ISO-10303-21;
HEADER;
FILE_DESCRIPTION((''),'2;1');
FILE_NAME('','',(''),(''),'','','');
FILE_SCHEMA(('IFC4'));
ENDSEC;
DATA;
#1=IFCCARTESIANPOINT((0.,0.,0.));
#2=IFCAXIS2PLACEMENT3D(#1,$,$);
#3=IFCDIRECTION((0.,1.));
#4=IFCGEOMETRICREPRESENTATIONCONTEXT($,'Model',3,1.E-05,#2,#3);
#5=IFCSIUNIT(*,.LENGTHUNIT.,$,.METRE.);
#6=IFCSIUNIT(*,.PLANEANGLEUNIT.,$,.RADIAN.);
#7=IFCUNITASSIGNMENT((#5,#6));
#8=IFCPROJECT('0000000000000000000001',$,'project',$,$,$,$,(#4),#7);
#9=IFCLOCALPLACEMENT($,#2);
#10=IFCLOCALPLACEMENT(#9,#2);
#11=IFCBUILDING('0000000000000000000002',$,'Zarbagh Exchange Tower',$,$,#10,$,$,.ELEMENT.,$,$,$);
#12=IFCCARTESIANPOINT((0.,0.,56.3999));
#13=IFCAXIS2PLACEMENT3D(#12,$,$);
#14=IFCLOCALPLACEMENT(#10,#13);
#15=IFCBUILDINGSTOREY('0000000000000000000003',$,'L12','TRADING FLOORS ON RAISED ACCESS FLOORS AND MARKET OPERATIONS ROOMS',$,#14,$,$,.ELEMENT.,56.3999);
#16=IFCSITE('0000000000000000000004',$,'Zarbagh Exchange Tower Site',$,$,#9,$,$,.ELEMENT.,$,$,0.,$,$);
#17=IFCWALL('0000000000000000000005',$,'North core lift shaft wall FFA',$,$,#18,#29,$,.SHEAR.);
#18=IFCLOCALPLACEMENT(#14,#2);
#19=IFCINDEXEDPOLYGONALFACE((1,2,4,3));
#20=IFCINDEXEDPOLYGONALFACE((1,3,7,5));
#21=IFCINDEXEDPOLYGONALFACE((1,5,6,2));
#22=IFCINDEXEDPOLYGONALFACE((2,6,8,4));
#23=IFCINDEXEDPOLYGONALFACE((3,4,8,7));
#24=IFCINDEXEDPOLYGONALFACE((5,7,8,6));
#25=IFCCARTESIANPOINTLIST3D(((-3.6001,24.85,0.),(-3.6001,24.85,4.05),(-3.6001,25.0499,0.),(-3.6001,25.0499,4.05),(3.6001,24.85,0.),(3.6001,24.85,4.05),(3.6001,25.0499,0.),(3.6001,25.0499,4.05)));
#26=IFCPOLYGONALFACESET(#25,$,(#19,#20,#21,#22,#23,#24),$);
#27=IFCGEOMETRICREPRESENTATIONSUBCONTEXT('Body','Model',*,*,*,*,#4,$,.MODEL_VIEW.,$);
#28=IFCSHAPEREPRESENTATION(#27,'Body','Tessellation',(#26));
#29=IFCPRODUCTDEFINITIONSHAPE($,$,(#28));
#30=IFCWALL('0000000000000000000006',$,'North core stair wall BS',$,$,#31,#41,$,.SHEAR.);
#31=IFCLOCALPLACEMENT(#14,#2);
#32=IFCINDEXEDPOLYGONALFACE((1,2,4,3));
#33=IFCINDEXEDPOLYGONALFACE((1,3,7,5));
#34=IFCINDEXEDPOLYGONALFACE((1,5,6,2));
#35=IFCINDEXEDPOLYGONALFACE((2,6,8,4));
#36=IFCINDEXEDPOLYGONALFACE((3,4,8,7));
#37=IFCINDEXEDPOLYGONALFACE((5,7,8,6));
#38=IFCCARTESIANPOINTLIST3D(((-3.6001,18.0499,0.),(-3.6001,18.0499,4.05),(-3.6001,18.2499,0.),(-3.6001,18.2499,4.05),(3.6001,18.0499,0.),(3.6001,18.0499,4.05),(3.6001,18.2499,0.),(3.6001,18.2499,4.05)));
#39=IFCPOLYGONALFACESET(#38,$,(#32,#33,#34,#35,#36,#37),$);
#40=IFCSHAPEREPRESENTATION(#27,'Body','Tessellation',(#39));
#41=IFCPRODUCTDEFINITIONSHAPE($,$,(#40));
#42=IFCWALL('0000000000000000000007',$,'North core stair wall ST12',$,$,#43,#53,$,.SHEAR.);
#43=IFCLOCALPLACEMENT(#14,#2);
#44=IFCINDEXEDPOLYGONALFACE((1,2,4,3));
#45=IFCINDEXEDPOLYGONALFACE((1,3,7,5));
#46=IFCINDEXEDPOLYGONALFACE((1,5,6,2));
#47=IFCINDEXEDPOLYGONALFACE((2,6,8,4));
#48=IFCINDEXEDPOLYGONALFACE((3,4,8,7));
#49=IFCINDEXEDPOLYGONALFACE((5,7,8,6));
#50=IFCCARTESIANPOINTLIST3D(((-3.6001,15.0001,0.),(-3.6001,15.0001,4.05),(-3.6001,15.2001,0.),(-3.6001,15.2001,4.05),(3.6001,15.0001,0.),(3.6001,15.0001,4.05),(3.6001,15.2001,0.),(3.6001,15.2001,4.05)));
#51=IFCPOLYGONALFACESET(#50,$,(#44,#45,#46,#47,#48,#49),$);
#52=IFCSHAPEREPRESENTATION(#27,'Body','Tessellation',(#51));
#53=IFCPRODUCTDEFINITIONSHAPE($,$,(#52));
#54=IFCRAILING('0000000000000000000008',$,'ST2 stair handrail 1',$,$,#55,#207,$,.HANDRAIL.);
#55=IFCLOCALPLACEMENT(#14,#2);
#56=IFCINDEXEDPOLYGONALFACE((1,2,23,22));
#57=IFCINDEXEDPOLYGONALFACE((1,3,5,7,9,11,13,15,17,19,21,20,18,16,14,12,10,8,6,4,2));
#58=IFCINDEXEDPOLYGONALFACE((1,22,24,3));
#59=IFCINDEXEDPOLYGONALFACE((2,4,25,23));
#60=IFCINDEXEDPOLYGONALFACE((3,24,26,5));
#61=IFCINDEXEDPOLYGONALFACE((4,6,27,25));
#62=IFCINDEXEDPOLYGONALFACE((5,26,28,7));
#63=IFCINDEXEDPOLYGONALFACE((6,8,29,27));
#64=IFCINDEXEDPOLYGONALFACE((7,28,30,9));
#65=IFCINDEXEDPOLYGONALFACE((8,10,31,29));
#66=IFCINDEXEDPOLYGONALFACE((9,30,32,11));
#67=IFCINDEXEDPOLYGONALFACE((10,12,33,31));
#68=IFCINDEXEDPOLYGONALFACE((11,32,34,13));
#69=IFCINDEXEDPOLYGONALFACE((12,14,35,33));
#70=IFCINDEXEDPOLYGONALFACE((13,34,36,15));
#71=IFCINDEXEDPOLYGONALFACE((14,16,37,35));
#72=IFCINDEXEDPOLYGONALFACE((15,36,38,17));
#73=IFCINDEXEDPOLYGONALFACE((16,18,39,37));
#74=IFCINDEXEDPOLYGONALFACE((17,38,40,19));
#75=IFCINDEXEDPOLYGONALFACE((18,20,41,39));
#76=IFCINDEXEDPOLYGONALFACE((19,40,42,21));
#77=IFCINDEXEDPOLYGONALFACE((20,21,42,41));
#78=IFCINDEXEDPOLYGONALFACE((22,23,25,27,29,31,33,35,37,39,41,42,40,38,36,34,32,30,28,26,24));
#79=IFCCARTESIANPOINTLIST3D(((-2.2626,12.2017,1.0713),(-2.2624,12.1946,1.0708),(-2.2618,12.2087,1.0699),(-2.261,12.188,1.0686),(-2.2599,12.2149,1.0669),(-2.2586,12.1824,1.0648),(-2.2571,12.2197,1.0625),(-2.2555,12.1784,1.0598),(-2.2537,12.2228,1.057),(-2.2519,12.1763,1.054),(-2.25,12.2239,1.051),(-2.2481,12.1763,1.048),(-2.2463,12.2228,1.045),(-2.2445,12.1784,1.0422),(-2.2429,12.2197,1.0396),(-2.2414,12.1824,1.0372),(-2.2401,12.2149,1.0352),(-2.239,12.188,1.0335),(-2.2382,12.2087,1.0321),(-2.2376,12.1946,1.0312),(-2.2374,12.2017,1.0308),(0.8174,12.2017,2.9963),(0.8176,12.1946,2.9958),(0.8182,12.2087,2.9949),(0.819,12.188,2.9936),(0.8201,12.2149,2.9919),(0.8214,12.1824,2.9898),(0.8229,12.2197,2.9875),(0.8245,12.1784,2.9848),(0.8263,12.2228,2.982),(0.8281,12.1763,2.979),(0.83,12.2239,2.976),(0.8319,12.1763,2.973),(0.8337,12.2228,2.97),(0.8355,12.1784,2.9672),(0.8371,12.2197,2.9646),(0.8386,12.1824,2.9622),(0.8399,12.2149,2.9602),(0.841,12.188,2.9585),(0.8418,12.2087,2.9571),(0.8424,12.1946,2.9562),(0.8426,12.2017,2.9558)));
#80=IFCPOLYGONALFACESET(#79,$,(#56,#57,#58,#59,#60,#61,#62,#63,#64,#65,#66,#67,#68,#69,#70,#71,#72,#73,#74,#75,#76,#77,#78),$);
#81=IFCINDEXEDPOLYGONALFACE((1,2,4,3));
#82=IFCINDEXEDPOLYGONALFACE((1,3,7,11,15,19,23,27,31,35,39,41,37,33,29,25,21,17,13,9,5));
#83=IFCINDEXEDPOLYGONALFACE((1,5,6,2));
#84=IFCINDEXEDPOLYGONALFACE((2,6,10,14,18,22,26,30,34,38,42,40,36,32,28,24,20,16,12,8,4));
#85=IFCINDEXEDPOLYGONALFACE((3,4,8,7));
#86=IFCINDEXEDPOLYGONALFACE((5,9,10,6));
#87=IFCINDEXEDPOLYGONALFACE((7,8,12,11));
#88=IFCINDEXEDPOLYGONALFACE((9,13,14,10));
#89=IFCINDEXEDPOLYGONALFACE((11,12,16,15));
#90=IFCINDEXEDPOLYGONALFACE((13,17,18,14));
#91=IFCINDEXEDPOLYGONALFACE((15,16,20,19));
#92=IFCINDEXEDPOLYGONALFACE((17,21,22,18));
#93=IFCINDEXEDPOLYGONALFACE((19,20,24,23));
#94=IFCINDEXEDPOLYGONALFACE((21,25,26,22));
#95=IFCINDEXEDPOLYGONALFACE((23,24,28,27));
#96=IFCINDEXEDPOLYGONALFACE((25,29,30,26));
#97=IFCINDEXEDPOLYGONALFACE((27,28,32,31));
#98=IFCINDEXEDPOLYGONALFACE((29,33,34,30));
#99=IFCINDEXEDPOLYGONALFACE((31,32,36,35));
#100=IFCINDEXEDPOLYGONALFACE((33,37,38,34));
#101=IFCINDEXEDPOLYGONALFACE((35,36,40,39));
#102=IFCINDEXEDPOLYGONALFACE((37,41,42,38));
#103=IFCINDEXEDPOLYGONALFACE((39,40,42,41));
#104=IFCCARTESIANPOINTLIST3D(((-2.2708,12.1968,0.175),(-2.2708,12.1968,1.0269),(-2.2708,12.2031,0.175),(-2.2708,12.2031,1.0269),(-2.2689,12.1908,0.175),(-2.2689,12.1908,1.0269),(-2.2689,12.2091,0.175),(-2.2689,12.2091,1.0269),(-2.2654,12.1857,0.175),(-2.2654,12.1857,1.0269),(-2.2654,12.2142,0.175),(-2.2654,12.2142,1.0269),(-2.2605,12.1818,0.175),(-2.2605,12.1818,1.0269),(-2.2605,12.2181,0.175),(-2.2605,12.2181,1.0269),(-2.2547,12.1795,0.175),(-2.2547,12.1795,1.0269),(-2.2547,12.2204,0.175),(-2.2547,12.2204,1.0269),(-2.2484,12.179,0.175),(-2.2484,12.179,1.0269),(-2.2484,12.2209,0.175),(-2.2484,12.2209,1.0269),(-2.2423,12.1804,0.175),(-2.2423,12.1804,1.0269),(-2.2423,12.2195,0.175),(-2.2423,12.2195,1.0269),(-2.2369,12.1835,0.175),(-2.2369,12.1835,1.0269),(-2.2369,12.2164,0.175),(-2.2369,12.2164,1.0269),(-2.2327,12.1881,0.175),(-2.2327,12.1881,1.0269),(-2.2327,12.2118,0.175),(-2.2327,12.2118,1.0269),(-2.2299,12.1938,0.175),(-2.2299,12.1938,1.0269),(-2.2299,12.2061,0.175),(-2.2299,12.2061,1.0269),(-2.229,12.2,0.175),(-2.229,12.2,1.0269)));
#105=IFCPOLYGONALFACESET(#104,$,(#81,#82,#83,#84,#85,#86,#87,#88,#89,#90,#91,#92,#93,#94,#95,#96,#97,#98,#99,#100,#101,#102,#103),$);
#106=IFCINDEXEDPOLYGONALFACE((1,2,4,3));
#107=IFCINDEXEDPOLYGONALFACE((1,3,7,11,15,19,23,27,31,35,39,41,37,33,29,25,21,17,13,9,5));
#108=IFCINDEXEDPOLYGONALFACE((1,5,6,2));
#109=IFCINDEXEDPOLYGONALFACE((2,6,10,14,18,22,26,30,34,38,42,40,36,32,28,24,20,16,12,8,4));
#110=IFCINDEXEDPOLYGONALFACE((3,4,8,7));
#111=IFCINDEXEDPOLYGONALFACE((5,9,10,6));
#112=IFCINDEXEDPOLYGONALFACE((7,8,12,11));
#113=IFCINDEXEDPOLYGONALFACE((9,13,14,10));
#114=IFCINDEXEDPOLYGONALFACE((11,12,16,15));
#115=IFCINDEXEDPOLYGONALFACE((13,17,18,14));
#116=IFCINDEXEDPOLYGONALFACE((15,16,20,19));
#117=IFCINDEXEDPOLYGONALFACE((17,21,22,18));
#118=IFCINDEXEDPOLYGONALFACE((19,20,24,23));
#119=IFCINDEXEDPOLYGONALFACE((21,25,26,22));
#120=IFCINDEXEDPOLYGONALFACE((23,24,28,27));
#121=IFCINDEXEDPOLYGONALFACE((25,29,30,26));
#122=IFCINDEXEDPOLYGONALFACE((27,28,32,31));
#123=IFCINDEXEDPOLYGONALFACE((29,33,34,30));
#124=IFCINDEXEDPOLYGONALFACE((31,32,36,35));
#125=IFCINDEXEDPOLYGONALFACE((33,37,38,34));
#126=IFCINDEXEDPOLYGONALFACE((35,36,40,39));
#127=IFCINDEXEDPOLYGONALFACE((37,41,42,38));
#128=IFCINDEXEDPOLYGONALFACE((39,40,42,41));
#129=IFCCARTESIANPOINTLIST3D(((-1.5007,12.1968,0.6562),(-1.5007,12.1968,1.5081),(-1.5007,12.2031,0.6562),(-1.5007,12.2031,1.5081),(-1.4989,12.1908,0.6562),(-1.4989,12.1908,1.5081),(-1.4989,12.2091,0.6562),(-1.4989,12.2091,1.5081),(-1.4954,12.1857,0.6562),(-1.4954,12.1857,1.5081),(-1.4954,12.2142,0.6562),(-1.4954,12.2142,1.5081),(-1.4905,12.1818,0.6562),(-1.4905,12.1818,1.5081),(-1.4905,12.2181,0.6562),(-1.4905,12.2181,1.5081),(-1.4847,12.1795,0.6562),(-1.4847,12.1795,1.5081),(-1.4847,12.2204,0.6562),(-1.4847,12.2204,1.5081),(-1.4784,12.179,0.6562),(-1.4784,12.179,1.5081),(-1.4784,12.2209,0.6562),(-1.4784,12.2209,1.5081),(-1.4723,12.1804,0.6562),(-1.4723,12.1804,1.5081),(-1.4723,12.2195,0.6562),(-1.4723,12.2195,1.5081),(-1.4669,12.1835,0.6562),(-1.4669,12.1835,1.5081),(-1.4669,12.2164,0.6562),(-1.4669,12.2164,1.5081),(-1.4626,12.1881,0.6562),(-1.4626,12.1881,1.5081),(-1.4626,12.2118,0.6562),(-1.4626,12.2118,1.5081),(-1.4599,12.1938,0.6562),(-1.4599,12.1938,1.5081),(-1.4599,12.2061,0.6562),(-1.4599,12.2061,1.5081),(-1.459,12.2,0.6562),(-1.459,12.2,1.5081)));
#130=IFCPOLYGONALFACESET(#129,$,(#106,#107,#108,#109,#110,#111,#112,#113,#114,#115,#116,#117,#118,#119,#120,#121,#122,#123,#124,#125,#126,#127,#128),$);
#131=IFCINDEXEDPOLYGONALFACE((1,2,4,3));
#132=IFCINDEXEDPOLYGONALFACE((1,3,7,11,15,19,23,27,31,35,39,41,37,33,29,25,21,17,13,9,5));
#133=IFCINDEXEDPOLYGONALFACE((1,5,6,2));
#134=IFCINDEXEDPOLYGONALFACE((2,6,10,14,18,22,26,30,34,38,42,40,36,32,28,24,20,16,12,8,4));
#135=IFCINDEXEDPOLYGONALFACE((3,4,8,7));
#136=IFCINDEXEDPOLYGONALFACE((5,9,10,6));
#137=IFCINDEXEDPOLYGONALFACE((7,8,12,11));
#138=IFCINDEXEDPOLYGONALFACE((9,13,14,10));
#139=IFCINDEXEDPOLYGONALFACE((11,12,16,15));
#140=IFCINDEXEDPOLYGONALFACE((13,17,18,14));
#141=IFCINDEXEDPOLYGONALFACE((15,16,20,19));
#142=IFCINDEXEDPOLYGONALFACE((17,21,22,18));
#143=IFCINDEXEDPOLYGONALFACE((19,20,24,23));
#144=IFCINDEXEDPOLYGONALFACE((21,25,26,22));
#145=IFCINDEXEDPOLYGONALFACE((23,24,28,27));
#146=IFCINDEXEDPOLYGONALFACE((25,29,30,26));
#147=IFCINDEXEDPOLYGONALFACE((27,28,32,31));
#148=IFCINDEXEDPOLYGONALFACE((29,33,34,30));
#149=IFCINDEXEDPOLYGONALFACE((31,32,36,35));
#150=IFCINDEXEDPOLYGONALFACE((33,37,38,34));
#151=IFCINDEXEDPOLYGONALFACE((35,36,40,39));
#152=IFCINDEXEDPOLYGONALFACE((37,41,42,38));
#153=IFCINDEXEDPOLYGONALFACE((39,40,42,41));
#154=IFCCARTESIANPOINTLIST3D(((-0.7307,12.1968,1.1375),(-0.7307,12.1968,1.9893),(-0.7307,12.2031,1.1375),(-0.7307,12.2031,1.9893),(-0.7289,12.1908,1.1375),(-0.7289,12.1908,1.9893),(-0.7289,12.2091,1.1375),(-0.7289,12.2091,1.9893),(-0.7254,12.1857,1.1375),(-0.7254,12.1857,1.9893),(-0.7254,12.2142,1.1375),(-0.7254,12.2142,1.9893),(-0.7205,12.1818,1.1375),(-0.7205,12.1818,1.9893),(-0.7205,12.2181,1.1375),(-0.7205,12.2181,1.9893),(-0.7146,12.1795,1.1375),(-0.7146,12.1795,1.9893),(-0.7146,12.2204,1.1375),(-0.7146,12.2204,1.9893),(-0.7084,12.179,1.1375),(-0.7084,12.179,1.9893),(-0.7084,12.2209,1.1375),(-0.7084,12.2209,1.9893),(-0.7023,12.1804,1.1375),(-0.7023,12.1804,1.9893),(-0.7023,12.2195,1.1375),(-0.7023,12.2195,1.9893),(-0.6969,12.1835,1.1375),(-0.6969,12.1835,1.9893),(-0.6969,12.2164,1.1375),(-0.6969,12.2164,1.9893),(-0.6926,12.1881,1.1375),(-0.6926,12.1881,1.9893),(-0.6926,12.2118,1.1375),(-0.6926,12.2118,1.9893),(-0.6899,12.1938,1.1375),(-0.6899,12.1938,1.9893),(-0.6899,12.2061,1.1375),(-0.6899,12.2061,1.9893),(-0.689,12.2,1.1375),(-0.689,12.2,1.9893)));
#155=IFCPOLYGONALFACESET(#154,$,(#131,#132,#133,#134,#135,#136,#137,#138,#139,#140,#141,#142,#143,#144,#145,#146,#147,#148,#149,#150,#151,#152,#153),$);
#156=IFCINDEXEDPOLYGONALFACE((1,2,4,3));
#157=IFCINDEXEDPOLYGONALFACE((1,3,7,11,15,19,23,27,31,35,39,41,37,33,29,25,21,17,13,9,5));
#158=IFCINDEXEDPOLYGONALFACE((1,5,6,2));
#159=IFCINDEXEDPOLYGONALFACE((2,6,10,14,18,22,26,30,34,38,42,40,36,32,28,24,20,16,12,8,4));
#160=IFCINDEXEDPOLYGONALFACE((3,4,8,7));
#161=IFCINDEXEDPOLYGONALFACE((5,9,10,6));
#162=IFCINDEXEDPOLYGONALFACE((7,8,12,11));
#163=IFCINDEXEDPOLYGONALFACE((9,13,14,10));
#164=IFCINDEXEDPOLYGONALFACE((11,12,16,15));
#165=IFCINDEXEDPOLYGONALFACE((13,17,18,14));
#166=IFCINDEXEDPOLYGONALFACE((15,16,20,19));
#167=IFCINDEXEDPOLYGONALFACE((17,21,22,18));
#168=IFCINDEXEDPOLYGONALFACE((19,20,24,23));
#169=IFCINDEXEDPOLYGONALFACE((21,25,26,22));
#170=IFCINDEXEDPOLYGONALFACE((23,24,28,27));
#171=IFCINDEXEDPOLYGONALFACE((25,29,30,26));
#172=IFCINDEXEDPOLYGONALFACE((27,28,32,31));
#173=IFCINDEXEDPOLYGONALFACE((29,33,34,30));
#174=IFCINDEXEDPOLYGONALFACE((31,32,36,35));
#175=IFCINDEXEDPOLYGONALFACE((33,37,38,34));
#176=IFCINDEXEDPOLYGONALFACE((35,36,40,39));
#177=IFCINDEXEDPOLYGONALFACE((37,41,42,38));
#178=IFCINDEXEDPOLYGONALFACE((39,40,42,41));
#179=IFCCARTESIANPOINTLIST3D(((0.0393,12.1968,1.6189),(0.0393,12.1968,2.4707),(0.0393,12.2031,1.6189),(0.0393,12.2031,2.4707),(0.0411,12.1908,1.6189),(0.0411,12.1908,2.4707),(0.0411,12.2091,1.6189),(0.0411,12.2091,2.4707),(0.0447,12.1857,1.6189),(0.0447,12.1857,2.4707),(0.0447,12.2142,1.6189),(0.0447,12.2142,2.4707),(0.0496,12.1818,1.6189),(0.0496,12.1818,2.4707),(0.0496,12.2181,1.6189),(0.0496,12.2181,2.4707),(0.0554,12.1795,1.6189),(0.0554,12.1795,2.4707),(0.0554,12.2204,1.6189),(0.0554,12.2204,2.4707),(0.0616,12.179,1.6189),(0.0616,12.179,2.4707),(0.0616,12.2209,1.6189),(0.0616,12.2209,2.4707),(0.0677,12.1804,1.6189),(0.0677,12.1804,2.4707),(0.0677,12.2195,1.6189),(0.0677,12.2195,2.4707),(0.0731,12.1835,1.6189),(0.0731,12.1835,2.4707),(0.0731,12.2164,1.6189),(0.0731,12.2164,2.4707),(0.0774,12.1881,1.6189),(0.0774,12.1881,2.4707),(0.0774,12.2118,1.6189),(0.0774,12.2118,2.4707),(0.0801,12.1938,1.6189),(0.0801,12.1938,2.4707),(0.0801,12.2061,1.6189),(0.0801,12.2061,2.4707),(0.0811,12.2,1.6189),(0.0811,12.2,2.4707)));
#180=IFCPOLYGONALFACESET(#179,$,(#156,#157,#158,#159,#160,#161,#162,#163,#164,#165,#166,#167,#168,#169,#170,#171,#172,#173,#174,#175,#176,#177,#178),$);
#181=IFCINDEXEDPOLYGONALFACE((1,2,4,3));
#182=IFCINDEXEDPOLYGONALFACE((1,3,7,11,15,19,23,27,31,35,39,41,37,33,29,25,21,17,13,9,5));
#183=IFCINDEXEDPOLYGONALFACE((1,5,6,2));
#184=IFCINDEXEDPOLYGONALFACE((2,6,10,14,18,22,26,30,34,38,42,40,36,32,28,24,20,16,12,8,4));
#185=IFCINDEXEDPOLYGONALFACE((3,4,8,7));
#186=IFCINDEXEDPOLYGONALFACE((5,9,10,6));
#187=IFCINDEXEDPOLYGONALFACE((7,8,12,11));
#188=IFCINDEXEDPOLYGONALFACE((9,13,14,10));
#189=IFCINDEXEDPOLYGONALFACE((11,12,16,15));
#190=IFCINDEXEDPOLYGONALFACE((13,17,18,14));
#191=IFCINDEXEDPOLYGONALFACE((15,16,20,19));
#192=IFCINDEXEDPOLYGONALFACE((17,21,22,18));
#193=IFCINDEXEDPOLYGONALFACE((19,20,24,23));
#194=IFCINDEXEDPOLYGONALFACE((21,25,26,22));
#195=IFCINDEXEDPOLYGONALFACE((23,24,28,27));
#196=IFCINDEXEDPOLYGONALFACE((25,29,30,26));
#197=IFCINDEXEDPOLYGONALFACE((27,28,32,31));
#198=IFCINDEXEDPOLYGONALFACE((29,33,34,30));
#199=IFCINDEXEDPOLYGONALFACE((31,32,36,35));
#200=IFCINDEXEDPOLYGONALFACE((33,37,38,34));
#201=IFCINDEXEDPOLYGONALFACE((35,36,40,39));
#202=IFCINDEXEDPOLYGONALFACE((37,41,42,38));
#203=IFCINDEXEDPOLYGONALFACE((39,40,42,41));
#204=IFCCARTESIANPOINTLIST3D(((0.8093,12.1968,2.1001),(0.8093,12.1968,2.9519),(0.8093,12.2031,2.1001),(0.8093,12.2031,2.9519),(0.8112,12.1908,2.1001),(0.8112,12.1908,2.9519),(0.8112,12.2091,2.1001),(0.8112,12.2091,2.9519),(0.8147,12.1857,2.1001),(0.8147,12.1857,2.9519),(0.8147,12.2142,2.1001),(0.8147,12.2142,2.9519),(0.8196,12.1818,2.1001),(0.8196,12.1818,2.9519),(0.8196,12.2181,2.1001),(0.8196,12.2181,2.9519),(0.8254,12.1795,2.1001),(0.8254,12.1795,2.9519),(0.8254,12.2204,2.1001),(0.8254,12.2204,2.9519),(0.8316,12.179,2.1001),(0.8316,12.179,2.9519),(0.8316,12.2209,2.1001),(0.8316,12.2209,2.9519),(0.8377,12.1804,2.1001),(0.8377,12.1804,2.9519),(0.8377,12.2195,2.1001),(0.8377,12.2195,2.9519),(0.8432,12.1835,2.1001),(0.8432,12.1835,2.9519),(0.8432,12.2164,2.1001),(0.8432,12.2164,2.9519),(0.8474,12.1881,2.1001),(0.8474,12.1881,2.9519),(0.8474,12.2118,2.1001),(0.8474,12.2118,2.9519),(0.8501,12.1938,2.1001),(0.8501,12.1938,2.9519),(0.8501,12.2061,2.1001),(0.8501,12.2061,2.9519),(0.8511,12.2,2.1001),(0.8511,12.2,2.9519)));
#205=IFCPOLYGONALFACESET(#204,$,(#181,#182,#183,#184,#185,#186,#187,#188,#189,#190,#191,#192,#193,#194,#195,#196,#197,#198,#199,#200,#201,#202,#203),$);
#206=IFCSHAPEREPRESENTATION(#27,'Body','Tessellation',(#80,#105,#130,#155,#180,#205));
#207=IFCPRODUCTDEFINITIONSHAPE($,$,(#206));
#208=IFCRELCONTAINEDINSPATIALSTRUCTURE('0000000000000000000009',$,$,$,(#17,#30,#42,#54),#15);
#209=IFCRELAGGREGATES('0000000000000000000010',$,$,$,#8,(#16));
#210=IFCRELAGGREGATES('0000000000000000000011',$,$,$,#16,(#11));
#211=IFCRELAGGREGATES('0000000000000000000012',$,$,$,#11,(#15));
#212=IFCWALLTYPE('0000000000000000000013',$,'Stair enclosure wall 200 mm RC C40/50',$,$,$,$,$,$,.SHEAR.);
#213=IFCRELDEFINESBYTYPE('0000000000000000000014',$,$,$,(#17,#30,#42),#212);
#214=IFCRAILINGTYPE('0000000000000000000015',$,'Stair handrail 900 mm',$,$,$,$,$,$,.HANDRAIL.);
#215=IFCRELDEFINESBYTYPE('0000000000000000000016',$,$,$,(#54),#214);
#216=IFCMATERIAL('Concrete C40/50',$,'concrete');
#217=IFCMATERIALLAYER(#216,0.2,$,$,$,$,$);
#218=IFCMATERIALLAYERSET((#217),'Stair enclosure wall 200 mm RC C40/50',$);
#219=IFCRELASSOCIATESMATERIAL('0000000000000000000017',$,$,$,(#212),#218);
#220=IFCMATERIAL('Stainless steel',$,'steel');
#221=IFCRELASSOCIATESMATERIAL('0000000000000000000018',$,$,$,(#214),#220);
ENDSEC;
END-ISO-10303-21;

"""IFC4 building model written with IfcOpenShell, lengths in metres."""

from ifc_helpers import new_model, si_unit, direction, frame, frame_2d, origin, origin_2d, place, context, subcontext, project, spatial, rectangle, circle, extrude, material, layer, layer_set, type_object, element, save


model = new_model("IFC4")

# Units and contexts
model_context = context("Model", 3, precision=1e-05, world=origin(), true_north=direction((0.0, 1.0)))
body_context = subcontext(model_context, "Body", "Model", "MODEL_VIEW")
ifc_project = project(units=[si_unit("LENGTHUNIT", "METRE"), si_unit("PLANEANGLEUNIT", "RADIAN")], contexts=[model_context])

# Site, building, storey
site_placement = place(None, origin())
site = spatial("IfcSite", under=ifc_project, at=site_placement, Name="Zarbagh Exchange Tower Site", CompositionType="ELEMENT", RefElevation=0.0)
building_placement = place(site_placement, origin())
building = spatial("IfcBuilding", under=site, at=building_placement, Name="Zarbagh Exchange Tower", CompositionType="ELEMENT")
storey_placement = place(building_placement, frame((0.0, 0.0, 56.3999)))
storey = spatial("IfcBuildingStorey", under=building, at=storey_placement, Name="L12", Description="TRADING FLOORS ON RAISED ACCESS FLOORS AND MARKET OPERATIONS ROOMS", CompositionType="ELEMENT", Elevation=56.3999)

# Walls
ifc_material_1 = material(Name="Concrete C40/50", Category="concrete")
ifc_layer_1 = layer(ifc_material_1, 0.2)
ifc_layer_set_1 = layer_set([ifc_layer_1], Name="Stair enclosure wall 200 mm RC C40/50")
wall_type_1 = type_object("IfcWallType", Name="Stair enclosure wall 200 mm RC C40/50", PredefinedType="SHEAR", material=ifc_layer_set_1)
for number, where, z_axis, x_axis, name in (
    (1, (-3.6001, 24.95, 0.0), (0.0, 0.0, 1.0), (1.0, 0.0, 0.0), "North core lift shaft wall FFA"),
    (2, (-3.6001, 18.1499, 0.0), (0.0, 0.0, 1.0), (1.0, 0.0, 0.0), "North core stair wall BS"),
    (3, (-3.6001, 15.1001, 0.0), (0.0, 0.0, 1.0), (1.0, 0.0, 0.0), "North core stair wall ST12"),
):
    element("IfcWall", number, at=place(storey_placement, frame(where, z_axis=z_axis, x_axis=x_axis)), inside=storey, type_object=wall_type_1, Name=name, PredefinedType="SHEAR", context=body_context, shape_type="SweptSolid", body=[
        extrude(rectangle(XDim=7.2002, YDim=0.2, at=frame_2d((3.6001, 0.0))), origin(), (0.0, 0.0, 1.0), 4.05),
    ])

# Railing
ifc_material_2 = material(Name="Stainless steel", Category="steel")
railing_type = type_object("IfcRailingType", Name="Stair handrail 900 mm", PredefinedType="HANDRAIL", material=ifc_material_2)
railing_placement = place(storey_placement, frame((-2.25, 12.2, 0.175)))
element("IfcRailing", 4, at=railing_placement, inside=storey, type_object=railing_type, Name="ST2 stair handrail 1", PredefinedType="HANDRAIL", context=body_context, shape_type="SweptSolid", body=[
    extrude(circle(Radius=0.0239, at=origin_2d()), frame((0.0, 0.0, 0.876), z_axis=(0.847998, 0.0, 0.529999), x_axis=(0.0, 1.0, 0.0)), (0.0, 0.0, 1.0), 3.6321),
    extrude(circle(Radius=0.021, at=origin_2d()), origin(), (0.0, 0.0, 1.0), 0.8518),
    extrude(circle(Radius=0.021, at=origin_2d()), frame((0.77, 0.0, 0.4812)), (0.0, 0.0, 1.0), 0.8518),
    extrude(circle(Radius=0.021, at=origin_2d()), frame((1.54, 0.0, 0.9624)), (0.0, 0.0, 1.0), 0.8518),
    extrude(circle(Radius=0.021, at=origin_2d()), frame((2.3101, 0.0, 1.4438)), (0.0, 0.0, 1.0), 0.8518),
    extrude(circle(Radius=0.021, at=origin_2d()), frame((3.0801, 0.0, 1.925)), (0.0, 0.0, 1.0), 0.8518),
])

save(model, "model.ifc")
